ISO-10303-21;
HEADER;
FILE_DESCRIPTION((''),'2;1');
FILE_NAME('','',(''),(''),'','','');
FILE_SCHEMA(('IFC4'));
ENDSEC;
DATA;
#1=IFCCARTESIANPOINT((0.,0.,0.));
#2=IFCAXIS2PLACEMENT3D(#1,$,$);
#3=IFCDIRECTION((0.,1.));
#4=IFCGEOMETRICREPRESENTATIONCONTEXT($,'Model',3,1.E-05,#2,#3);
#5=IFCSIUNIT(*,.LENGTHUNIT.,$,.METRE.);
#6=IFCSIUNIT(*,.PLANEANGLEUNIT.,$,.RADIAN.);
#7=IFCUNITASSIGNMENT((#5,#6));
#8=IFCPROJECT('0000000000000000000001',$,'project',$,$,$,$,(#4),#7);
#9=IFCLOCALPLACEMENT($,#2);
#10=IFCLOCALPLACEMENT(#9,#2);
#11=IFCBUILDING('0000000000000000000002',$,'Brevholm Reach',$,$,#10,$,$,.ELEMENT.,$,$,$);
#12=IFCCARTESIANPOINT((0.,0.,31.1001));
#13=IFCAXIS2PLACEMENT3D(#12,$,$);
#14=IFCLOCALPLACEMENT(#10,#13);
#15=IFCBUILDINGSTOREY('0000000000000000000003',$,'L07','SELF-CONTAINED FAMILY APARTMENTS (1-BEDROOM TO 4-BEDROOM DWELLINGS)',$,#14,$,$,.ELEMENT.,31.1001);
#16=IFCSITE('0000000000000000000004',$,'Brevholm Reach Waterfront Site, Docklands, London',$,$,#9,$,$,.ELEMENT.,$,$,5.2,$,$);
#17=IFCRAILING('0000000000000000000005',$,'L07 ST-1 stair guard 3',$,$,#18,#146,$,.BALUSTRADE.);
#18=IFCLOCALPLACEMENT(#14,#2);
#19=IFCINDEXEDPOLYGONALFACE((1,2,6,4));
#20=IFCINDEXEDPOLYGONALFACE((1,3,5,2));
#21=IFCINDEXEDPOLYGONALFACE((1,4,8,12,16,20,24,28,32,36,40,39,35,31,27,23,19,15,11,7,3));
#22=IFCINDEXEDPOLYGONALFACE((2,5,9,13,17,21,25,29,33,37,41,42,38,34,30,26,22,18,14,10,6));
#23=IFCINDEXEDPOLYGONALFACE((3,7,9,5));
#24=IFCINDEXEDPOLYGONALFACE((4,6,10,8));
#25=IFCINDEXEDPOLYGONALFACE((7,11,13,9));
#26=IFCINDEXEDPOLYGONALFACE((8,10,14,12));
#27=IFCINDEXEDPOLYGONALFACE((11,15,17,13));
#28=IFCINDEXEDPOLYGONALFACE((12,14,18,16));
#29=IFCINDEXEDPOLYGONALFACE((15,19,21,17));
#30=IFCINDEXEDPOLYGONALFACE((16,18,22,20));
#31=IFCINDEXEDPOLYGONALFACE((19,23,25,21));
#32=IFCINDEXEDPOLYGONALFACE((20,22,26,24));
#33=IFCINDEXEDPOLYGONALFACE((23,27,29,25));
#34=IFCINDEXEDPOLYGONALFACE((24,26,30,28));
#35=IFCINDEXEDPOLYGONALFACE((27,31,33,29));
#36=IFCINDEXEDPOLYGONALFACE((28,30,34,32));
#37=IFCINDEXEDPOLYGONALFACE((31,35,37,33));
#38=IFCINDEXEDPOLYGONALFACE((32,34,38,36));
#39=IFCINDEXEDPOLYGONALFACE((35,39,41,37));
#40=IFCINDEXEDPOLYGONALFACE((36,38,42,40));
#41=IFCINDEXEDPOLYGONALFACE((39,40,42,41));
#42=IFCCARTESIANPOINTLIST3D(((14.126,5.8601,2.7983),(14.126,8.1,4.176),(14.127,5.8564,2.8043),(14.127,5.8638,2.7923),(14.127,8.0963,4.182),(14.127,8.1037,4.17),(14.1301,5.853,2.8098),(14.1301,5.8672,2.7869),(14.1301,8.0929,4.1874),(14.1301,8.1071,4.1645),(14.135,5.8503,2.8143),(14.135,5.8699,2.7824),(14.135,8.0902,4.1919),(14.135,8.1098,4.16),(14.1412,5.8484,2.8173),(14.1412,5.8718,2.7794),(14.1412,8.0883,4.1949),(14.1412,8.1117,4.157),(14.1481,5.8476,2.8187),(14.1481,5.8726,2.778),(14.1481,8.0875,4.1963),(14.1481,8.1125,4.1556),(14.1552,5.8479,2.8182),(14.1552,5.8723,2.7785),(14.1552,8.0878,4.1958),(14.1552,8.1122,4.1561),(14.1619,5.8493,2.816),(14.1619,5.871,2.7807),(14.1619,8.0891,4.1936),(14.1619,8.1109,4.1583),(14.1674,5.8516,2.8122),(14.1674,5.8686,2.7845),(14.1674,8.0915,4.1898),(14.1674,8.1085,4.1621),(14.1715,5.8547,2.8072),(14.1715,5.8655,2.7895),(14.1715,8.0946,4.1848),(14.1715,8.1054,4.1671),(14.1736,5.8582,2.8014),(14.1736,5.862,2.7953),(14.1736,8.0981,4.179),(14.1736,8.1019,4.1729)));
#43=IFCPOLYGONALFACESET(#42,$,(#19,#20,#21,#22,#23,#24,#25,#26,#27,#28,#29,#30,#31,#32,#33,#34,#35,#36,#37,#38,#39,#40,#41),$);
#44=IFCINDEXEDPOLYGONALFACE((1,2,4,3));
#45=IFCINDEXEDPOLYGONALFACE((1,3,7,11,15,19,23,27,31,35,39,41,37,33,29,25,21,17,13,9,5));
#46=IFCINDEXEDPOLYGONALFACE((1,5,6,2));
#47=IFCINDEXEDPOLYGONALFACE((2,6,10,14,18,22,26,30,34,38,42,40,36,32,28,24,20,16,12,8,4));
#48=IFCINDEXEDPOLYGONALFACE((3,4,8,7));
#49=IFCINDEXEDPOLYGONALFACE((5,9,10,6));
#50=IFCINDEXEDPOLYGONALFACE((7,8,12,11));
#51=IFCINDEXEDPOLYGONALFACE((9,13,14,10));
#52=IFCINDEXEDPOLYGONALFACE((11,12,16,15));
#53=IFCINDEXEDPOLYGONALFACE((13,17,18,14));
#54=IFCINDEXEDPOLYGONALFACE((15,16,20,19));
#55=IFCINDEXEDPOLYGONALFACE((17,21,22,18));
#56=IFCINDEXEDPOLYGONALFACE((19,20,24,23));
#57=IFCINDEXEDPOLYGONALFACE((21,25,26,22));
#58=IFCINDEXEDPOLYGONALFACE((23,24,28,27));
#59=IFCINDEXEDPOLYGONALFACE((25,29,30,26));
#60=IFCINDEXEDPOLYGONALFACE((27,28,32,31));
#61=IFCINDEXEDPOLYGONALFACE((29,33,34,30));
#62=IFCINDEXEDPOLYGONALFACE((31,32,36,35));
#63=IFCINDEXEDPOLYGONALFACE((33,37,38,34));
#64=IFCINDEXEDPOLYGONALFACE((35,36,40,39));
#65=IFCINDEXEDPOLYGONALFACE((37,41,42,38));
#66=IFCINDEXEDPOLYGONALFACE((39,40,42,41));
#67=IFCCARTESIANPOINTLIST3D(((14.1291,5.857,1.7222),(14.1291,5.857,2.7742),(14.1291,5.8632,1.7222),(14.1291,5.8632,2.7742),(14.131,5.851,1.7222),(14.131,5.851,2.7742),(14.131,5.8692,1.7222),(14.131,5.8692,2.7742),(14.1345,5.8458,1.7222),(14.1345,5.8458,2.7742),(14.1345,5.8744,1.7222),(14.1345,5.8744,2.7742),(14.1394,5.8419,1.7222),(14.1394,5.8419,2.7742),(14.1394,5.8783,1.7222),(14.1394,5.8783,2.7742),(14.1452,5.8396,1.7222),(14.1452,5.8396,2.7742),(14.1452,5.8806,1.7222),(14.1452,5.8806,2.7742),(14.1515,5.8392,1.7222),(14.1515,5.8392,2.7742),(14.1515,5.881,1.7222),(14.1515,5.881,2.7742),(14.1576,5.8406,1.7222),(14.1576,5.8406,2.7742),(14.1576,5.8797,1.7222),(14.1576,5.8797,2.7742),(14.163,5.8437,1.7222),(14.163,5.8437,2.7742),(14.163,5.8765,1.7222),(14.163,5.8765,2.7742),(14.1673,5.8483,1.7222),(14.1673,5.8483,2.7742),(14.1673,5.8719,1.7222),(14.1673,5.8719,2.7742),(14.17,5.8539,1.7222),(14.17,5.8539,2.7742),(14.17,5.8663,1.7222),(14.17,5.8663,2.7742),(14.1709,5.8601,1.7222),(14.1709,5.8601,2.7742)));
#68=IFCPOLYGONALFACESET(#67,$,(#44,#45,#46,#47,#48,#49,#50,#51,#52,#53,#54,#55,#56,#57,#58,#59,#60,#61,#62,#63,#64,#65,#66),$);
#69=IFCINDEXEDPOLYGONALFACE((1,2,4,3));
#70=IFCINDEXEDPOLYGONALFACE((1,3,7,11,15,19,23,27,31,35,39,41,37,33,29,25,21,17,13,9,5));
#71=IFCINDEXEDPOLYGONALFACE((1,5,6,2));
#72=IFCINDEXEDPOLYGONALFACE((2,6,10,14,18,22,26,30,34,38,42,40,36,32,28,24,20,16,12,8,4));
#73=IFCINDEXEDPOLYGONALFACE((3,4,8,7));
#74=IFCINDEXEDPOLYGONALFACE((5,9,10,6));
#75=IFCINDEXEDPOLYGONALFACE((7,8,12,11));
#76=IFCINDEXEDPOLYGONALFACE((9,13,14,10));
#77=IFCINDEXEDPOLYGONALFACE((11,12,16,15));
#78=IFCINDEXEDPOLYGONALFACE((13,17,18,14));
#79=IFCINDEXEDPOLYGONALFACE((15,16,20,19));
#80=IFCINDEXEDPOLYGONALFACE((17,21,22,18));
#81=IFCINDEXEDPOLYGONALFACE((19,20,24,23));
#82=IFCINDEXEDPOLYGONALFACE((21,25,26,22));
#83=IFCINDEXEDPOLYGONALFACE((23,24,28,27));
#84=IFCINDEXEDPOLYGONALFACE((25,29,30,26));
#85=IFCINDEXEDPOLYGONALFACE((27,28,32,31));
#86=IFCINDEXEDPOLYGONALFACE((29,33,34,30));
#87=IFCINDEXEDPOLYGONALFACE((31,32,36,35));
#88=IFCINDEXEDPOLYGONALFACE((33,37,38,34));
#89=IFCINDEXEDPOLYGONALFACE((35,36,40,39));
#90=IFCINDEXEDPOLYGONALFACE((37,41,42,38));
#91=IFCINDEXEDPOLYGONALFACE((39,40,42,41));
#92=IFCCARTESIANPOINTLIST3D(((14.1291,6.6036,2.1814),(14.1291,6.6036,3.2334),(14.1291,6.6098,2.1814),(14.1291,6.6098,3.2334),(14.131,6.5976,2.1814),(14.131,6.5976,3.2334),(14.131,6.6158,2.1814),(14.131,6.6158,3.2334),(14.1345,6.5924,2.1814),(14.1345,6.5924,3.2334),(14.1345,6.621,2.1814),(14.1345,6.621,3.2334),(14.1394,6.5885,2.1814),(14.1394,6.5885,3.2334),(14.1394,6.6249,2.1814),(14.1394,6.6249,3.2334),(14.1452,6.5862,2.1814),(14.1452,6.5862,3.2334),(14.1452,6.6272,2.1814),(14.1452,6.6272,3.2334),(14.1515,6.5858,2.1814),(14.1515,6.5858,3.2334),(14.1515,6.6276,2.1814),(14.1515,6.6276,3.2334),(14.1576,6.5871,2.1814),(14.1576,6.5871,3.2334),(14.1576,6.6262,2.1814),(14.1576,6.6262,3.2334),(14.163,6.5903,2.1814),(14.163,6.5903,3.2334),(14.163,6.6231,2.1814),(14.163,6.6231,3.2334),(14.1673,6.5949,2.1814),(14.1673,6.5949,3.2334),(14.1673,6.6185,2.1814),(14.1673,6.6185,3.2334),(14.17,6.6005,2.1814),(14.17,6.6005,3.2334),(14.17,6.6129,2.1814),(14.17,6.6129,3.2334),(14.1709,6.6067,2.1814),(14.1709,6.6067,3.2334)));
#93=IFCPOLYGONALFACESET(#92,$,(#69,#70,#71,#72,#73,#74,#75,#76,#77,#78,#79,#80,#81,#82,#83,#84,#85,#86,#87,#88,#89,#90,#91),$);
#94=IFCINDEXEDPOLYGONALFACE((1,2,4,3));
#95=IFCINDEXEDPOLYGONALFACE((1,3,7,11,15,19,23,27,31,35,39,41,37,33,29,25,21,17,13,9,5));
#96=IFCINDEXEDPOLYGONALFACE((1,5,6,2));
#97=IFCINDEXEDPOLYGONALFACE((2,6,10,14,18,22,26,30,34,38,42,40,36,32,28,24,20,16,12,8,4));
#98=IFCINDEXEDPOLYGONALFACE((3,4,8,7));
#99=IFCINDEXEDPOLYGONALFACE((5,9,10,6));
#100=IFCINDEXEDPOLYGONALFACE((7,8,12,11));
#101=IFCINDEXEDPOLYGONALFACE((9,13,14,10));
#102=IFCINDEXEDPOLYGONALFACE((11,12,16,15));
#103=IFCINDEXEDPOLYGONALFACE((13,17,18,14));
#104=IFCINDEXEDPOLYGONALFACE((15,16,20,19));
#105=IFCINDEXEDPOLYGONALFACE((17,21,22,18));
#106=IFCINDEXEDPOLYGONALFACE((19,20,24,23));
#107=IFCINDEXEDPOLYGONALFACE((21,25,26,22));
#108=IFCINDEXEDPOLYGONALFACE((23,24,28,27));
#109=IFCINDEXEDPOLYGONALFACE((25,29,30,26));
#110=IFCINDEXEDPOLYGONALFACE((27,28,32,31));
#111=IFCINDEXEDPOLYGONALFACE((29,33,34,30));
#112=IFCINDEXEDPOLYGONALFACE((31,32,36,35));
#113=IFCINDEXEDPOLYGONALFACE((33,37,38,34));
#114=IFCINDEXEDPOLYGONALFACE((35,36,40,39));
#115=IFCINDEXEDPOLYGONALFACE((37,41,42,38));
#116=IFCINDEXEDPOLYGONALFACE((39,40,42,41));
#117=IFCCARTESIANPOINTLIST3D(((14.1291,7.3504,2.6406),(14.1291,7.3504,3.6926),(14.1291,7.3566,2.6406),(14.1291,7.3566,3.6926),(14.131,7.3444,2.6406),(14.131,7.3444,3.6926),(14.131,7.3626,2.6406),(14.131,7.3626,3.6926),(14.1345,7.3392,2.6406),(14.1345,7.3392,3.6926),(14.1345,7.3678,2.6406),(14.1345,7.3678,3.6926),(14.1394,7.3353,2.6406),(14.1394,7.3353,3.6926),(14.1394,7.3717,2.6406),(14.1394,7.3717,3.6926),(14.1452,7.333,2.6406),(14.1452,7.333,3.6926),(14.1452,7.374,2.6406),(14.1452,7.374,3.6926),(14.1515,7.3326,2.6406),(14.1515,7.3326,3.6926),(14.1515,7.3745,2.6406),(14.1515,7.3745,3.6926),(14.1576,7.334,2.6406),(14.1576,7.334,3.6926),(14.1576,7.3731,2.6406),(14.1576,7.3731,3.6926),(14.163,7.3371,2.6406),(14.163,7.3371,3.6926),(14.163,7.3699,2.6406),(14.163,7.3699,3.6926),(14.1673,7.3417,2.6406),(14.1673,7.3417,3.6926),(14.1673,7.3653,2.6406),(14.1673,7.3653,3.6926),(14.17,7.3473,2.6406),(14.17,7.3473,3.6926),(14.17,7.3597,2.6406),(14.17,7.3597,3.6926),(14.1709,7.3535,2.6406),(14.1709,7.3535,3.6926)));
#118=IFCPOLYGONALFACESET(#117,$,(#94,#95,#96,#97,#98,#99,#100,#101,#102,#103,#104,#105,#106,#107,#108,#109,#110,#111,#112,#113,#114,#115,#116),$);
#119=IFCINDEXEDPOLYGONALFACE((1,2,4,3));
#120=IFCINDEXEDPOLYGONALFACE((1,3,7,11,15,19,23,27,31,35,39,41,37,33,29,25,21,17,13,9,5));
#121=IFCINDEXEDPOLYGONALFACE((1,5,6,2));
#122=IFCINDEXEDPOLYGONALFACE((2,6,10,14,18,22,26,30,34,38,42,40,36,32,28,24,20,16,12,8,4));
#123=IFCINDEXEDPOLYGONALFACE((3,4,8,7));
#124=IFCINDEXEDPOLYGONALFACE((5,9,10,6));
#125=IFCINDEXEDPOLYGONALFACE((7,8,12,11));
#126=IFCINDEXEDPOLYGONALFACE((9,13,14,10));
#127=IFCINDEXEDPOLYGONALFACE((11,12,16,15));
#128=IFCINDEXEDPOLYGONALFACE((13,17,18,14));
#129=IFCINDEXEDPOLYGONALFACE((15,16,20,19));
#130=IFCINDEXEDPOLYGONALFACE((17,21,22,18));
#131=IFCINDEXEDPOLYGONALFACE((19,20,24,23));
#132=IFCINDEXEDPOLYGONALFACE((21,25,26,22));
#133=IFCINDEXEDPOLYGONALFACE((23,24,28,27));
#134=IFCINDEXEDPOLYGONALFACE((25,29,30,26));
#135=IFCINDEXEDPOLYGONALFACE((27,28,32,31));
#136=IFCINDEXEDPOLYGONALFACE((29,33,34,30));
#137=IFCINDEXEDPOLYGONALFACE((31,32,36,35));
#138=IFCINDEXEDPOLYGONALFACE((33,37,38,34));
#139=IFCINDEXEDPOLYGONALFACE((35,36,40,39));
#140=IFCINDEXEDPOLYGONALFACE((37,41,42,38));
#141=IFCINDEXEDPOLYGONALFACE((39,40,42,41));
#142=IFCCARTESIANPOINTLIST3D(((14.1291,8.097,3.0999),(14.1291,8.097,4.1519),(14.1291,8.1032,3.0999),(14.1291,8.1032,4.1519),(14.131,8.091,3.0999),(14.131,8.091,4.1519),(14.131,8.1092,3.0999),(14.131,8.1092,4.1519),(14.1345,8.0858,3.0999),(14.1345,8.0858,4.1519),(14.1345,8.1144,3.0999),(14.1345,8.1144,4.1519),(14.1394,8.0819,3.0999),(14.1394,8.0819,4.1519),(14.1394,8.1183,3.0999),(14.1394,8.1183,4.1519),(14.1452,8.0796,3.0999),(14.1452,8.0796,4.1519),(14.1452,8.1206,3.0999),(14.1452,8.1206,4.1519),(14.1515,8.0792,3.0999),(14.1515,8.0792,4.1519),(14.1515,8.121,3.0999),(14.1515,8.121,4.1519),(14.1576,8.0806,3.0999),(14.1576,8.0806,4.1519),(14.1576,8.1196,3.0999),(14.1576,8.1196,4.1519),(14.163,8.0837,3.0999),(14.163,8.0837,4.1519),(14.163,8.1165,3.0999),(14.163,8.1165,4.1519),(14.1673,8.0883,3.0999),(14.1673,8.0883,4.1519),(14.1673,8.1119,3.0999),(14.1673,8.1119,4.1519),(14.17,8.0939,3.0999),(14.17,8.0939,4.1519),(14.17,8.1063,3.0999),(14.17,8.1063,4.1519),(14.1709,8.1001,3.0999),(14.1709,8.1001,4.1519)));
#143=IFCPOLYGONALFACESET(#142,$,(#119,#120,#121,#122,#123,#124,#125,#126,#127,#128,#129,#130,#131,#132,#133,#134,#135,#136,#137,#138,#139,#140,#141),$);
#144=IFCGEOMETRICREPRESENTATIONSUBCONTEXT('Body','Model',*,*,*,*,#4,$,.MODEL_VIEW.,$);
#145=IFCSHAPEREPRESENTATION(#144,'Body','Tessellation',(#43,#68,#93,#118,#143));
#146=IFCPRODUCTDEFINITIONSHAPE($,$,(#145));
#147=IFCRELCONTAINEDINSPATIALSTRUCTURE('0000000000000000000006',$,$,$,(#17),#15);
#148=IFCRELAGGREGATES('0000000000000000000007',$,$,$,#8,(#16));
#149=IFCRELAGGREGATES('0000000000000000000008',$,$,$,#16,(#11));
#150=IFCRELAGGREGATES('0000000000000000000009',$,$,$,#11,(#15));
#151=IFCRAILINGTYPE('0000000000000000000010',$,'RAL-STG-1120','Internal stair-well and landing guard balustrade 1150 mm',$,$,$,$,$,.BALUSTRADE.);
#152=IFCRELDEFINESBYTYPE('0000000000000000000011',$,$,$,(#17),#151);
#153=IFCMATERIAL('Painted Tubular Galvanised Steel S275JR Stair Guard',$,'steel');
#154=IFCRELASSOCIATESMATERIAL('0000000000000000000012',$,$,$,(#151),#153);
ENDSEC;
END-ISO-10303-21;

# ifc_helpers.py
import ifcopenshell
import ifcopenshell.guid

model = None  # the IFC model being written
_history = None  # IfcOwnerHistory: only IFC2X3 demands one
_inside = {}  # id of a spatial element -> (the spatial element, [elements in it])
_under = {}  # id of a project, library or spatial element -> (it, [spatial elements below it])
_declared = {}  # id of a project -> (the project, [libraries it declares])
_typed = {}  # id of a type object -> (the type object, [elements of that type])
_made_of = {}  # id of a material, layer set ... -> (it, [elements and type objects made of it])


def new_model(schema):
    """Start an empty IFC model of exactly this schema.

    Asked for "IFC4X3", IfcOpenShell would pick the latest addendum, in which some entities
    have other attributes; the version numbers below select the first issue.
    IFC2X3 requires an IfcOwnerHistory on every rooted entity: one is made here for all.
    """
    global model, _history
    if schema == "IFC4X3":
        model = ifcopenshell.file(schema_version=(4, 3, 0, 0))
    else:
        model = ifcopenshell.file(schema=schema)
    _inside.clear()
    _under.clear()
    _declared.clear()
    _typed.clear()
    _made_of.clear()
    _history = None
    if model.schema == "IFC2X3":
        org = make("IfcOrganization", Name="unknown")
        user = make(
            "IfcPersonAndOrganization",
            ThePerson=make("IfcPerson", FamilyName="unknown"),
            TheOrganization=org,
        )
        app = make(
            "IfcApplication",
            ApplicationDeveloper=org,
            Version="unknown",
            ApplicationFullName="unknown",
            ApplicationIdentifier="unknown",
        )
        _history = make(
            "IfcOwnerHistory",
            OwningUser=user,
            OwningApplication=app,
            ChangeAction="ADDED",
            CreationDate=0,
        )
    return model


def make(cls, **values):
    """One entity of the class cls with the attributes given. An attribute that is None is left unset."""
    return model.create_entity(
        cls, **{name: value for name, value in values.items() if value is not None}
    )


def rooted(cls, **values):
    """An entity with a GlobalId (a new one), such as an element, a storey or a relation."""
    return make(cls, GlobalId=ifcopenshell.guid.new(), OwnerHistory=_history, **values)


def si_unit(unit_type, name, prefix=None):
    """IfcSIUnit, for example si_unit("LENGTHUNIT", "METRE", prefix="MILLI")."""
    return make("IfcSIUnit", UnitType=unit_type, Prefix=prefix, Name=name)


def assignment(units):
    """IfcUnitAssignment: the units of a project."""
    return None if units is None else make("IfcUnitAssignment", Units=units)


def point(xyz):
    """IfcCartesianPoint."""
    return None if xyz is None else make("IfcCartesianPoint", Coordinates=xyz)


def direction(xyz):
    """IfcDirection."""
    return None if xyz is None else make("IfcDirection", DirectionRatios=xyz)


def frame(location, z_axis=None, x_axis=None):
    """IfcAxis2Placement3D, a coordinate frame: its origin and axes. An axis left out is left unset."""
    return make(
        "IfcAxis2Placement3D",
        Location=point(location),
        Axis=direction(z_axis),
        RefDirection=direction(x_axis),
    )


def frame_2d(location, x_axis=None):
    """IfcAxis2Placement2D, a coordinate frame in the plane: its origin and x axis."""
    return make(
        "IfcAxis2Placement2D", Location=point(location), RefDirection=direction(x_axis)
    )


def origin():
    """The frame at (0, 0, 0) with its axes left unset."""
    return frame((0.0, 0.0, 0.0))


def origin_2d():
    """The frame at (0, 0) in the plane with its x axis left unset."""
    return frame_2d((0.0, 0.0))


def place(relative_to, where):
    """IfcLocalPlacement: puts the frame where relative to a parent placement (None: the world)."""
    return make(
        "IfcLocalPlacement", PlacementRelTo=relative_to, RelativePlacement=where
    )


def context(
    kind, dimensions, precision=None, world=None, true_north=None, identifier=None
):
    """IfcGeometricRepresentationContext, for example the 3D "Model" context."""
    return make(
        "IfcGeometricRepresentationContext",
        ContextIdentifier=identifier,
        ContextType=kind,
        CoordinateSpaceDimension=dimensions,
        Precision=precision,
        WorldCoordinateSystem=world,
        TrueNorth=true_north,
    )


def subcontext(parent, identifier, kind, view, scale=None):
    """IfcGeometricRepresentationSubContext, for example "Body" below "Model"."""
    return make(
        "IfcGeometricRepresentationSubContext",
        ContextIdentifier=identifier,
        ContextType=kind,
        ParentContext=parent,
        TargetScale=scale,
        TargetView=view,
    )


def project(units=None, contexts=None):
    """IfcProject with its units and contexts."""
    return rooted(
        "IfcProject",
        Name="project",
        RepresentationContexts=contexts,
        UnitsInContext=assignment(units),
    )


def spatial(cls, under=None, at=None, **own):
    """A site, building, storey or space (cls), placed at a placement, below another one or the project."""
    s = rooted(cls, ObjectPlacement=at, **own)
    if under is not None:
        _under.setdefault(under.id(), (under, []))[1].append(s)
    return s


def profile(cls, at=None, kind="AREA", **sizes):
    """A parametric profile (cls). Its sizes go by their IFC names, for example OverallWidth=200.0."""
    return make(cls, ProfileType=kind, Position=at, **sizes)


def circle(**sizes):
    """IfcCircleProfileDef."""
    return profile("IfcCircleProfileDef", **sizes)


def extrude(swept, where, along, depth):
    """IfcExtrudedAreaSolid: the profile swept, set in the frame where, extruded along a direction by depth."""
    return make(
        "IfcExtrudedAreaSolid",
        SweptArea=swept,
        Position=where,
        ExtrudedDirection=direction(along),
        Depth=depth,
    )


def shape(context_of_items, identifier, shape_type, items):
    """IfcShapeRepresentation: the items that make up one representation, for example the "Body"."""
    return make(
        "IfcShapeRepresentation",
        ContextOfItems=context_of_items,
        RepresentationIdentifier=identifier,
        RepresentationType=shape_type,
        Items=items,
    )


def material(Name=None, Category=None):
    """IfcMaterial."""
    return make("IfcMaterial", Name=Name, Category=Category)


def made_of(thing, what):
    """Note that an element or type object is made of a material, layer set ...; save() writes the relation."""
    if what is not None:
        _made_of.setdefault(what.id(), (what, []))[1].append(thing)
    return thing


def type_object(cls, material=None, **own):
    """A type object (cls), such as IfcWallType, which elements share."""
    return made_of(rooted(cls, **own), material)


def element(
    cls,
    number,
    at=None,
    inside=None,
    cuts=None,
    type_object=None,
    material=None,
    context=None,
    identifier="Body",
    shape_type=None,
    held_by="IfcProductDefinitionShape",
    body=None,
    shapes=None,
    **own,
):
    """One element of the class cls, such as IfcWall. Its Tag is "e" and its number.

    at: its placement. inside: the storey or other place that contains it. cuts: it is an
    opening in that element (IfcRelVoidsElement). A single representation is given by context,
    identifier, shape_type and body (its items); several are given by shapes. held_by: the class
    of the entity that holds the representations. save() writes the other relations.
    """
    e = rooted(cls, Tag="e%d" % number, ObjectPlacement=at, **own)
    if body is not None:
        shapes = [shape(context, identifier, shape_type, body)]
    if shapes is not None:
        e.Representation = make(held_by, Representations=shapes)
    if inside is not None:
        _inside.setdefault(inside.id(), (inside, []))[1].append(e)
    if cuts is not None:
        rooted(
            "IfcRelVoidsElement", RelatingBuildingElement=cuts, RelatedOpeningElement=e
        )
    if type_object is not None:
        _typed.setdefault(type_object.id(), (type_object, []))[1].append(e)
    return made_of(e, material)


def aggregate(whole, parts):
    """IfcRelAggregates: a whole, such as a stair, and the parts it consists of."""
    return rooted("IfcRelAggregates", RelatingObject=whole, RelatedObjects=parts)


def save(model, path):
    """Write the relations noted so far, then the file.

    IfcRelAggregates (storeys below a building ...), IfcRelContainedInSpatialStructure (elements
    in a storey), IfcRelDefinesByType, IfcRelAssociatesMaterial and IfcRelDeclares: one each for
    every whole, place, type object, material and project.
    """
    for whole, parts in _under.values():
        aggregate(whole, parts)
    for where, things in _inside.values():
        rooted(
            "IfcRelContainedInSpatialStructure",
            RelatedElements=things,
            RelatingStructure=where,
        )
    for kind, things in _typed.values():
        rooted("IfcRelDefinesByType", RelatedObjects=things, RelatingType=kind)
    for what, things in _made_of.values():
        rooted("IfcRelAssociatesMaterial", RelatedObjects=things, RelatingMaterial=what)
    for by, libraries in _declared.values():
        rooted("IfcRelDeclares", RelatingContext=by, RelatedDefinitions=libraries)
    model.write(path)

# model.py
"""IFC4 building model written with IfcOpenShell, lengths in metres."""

from ifc_helpers import new_model, si_unit, direction, frame, origin, origin_2d, place, context, subcontext, project, spatial, circle, extrude, material, type_object, element, save


model = new_model("IFC4")

# Units and contexts
model_context = context("Model", 3, precision=1e-05, world=origin(), true_north=direction((0.0, 1.0)))
body_context = subcontext(model_context, "Body", "Model", "MODEL_VIEW")
ifc_project = project(units=[si_unit("LENGTHUNIT", "METRE"), si_unit("PLANEANGLEUNIT", "RADIAN")], contexts=[model_context])

# Site, building, storey
site_placement = place(None, origin())
site = spatial("IfcSite", under=ifc_project, at=site_placement, Name="Brevholm Reach Waterfront Site, Docklands, London", CompositionType="ELEMENT", RefElevation=5.2)
building_placement = place(site_placement, origin())
building = spatial("IfcBuilding", under=site, at=building_placement, Name="Brevholm Reach", CompositionType="ELEMENT")
storey_placement = place(building_placement, frame((0.0, 0.0, 31.1001)))
storey = spatial("IfcBuildingStorey", under=building, at=storey_placement, Name="L07", Description="SELF-CONTAINED FAMILY APARTMENTS (1-BEDROOM TO 4-BEDROOM DWELLINGS)", CompositionType="ELEMENT", Elevation=31.1001)

# Railing
ifc_material_1 = material(Name="Painted Tubular Galvanised Steel S275JR Stair Guard", Category="steel")
railing_type_1 = type_object("IfcRailingType", Name="RAL-STG-1120", Description="Internal stair-well and landing guard balustrade 1150 mm", PredefinedType="BALUSTRADE", material=ifc_material_1)
railing_1_placement = place(storey_placement, frame((14.1499, 5.8601, 1.7222)))
element("IfcRailing", 1, at=railing_1_placement, inside=storey, type_object=railing_type_1, Name="L07 ST-1 stair guard 3", PredefinedType="BALUSTRADE", context=body_context, shape_type="SweptSolid", body=[
    extrude(circle(Radius=0.0239, at=origin_2d()), frame((0.0, 0.0, 1.0762), z_axis=(0.0, 0.851789, 0.523885), x_axis=(-1.0, 0.0, 0.0)), (0.0, 0.0, 1.0), 2.6296),
    extrude(circle(Radius=0.021, at=origin_2d()), origin(), (0.0, 0.0, 1.0), 1.052),
    extrude(circle(Radius=0.021, at=origin_2d()), frame((0.0, 0.7466, 0.4592)), (0.0, 0.0, 1.0), 1.052),
    extrude(circle(Radius=0.021, at=origin_2d()), frame((0.0, 1.4934, 0.9185)), (0.0, 0.0, 1.0), 1.052),
    extrude(circle(Radius=0.021, at=origin_2d()), frame((0.0, 2.24, 1.3777)), (0.0, 0.0, 1.0), 1.052),
])

save(model, "model.ifc")
